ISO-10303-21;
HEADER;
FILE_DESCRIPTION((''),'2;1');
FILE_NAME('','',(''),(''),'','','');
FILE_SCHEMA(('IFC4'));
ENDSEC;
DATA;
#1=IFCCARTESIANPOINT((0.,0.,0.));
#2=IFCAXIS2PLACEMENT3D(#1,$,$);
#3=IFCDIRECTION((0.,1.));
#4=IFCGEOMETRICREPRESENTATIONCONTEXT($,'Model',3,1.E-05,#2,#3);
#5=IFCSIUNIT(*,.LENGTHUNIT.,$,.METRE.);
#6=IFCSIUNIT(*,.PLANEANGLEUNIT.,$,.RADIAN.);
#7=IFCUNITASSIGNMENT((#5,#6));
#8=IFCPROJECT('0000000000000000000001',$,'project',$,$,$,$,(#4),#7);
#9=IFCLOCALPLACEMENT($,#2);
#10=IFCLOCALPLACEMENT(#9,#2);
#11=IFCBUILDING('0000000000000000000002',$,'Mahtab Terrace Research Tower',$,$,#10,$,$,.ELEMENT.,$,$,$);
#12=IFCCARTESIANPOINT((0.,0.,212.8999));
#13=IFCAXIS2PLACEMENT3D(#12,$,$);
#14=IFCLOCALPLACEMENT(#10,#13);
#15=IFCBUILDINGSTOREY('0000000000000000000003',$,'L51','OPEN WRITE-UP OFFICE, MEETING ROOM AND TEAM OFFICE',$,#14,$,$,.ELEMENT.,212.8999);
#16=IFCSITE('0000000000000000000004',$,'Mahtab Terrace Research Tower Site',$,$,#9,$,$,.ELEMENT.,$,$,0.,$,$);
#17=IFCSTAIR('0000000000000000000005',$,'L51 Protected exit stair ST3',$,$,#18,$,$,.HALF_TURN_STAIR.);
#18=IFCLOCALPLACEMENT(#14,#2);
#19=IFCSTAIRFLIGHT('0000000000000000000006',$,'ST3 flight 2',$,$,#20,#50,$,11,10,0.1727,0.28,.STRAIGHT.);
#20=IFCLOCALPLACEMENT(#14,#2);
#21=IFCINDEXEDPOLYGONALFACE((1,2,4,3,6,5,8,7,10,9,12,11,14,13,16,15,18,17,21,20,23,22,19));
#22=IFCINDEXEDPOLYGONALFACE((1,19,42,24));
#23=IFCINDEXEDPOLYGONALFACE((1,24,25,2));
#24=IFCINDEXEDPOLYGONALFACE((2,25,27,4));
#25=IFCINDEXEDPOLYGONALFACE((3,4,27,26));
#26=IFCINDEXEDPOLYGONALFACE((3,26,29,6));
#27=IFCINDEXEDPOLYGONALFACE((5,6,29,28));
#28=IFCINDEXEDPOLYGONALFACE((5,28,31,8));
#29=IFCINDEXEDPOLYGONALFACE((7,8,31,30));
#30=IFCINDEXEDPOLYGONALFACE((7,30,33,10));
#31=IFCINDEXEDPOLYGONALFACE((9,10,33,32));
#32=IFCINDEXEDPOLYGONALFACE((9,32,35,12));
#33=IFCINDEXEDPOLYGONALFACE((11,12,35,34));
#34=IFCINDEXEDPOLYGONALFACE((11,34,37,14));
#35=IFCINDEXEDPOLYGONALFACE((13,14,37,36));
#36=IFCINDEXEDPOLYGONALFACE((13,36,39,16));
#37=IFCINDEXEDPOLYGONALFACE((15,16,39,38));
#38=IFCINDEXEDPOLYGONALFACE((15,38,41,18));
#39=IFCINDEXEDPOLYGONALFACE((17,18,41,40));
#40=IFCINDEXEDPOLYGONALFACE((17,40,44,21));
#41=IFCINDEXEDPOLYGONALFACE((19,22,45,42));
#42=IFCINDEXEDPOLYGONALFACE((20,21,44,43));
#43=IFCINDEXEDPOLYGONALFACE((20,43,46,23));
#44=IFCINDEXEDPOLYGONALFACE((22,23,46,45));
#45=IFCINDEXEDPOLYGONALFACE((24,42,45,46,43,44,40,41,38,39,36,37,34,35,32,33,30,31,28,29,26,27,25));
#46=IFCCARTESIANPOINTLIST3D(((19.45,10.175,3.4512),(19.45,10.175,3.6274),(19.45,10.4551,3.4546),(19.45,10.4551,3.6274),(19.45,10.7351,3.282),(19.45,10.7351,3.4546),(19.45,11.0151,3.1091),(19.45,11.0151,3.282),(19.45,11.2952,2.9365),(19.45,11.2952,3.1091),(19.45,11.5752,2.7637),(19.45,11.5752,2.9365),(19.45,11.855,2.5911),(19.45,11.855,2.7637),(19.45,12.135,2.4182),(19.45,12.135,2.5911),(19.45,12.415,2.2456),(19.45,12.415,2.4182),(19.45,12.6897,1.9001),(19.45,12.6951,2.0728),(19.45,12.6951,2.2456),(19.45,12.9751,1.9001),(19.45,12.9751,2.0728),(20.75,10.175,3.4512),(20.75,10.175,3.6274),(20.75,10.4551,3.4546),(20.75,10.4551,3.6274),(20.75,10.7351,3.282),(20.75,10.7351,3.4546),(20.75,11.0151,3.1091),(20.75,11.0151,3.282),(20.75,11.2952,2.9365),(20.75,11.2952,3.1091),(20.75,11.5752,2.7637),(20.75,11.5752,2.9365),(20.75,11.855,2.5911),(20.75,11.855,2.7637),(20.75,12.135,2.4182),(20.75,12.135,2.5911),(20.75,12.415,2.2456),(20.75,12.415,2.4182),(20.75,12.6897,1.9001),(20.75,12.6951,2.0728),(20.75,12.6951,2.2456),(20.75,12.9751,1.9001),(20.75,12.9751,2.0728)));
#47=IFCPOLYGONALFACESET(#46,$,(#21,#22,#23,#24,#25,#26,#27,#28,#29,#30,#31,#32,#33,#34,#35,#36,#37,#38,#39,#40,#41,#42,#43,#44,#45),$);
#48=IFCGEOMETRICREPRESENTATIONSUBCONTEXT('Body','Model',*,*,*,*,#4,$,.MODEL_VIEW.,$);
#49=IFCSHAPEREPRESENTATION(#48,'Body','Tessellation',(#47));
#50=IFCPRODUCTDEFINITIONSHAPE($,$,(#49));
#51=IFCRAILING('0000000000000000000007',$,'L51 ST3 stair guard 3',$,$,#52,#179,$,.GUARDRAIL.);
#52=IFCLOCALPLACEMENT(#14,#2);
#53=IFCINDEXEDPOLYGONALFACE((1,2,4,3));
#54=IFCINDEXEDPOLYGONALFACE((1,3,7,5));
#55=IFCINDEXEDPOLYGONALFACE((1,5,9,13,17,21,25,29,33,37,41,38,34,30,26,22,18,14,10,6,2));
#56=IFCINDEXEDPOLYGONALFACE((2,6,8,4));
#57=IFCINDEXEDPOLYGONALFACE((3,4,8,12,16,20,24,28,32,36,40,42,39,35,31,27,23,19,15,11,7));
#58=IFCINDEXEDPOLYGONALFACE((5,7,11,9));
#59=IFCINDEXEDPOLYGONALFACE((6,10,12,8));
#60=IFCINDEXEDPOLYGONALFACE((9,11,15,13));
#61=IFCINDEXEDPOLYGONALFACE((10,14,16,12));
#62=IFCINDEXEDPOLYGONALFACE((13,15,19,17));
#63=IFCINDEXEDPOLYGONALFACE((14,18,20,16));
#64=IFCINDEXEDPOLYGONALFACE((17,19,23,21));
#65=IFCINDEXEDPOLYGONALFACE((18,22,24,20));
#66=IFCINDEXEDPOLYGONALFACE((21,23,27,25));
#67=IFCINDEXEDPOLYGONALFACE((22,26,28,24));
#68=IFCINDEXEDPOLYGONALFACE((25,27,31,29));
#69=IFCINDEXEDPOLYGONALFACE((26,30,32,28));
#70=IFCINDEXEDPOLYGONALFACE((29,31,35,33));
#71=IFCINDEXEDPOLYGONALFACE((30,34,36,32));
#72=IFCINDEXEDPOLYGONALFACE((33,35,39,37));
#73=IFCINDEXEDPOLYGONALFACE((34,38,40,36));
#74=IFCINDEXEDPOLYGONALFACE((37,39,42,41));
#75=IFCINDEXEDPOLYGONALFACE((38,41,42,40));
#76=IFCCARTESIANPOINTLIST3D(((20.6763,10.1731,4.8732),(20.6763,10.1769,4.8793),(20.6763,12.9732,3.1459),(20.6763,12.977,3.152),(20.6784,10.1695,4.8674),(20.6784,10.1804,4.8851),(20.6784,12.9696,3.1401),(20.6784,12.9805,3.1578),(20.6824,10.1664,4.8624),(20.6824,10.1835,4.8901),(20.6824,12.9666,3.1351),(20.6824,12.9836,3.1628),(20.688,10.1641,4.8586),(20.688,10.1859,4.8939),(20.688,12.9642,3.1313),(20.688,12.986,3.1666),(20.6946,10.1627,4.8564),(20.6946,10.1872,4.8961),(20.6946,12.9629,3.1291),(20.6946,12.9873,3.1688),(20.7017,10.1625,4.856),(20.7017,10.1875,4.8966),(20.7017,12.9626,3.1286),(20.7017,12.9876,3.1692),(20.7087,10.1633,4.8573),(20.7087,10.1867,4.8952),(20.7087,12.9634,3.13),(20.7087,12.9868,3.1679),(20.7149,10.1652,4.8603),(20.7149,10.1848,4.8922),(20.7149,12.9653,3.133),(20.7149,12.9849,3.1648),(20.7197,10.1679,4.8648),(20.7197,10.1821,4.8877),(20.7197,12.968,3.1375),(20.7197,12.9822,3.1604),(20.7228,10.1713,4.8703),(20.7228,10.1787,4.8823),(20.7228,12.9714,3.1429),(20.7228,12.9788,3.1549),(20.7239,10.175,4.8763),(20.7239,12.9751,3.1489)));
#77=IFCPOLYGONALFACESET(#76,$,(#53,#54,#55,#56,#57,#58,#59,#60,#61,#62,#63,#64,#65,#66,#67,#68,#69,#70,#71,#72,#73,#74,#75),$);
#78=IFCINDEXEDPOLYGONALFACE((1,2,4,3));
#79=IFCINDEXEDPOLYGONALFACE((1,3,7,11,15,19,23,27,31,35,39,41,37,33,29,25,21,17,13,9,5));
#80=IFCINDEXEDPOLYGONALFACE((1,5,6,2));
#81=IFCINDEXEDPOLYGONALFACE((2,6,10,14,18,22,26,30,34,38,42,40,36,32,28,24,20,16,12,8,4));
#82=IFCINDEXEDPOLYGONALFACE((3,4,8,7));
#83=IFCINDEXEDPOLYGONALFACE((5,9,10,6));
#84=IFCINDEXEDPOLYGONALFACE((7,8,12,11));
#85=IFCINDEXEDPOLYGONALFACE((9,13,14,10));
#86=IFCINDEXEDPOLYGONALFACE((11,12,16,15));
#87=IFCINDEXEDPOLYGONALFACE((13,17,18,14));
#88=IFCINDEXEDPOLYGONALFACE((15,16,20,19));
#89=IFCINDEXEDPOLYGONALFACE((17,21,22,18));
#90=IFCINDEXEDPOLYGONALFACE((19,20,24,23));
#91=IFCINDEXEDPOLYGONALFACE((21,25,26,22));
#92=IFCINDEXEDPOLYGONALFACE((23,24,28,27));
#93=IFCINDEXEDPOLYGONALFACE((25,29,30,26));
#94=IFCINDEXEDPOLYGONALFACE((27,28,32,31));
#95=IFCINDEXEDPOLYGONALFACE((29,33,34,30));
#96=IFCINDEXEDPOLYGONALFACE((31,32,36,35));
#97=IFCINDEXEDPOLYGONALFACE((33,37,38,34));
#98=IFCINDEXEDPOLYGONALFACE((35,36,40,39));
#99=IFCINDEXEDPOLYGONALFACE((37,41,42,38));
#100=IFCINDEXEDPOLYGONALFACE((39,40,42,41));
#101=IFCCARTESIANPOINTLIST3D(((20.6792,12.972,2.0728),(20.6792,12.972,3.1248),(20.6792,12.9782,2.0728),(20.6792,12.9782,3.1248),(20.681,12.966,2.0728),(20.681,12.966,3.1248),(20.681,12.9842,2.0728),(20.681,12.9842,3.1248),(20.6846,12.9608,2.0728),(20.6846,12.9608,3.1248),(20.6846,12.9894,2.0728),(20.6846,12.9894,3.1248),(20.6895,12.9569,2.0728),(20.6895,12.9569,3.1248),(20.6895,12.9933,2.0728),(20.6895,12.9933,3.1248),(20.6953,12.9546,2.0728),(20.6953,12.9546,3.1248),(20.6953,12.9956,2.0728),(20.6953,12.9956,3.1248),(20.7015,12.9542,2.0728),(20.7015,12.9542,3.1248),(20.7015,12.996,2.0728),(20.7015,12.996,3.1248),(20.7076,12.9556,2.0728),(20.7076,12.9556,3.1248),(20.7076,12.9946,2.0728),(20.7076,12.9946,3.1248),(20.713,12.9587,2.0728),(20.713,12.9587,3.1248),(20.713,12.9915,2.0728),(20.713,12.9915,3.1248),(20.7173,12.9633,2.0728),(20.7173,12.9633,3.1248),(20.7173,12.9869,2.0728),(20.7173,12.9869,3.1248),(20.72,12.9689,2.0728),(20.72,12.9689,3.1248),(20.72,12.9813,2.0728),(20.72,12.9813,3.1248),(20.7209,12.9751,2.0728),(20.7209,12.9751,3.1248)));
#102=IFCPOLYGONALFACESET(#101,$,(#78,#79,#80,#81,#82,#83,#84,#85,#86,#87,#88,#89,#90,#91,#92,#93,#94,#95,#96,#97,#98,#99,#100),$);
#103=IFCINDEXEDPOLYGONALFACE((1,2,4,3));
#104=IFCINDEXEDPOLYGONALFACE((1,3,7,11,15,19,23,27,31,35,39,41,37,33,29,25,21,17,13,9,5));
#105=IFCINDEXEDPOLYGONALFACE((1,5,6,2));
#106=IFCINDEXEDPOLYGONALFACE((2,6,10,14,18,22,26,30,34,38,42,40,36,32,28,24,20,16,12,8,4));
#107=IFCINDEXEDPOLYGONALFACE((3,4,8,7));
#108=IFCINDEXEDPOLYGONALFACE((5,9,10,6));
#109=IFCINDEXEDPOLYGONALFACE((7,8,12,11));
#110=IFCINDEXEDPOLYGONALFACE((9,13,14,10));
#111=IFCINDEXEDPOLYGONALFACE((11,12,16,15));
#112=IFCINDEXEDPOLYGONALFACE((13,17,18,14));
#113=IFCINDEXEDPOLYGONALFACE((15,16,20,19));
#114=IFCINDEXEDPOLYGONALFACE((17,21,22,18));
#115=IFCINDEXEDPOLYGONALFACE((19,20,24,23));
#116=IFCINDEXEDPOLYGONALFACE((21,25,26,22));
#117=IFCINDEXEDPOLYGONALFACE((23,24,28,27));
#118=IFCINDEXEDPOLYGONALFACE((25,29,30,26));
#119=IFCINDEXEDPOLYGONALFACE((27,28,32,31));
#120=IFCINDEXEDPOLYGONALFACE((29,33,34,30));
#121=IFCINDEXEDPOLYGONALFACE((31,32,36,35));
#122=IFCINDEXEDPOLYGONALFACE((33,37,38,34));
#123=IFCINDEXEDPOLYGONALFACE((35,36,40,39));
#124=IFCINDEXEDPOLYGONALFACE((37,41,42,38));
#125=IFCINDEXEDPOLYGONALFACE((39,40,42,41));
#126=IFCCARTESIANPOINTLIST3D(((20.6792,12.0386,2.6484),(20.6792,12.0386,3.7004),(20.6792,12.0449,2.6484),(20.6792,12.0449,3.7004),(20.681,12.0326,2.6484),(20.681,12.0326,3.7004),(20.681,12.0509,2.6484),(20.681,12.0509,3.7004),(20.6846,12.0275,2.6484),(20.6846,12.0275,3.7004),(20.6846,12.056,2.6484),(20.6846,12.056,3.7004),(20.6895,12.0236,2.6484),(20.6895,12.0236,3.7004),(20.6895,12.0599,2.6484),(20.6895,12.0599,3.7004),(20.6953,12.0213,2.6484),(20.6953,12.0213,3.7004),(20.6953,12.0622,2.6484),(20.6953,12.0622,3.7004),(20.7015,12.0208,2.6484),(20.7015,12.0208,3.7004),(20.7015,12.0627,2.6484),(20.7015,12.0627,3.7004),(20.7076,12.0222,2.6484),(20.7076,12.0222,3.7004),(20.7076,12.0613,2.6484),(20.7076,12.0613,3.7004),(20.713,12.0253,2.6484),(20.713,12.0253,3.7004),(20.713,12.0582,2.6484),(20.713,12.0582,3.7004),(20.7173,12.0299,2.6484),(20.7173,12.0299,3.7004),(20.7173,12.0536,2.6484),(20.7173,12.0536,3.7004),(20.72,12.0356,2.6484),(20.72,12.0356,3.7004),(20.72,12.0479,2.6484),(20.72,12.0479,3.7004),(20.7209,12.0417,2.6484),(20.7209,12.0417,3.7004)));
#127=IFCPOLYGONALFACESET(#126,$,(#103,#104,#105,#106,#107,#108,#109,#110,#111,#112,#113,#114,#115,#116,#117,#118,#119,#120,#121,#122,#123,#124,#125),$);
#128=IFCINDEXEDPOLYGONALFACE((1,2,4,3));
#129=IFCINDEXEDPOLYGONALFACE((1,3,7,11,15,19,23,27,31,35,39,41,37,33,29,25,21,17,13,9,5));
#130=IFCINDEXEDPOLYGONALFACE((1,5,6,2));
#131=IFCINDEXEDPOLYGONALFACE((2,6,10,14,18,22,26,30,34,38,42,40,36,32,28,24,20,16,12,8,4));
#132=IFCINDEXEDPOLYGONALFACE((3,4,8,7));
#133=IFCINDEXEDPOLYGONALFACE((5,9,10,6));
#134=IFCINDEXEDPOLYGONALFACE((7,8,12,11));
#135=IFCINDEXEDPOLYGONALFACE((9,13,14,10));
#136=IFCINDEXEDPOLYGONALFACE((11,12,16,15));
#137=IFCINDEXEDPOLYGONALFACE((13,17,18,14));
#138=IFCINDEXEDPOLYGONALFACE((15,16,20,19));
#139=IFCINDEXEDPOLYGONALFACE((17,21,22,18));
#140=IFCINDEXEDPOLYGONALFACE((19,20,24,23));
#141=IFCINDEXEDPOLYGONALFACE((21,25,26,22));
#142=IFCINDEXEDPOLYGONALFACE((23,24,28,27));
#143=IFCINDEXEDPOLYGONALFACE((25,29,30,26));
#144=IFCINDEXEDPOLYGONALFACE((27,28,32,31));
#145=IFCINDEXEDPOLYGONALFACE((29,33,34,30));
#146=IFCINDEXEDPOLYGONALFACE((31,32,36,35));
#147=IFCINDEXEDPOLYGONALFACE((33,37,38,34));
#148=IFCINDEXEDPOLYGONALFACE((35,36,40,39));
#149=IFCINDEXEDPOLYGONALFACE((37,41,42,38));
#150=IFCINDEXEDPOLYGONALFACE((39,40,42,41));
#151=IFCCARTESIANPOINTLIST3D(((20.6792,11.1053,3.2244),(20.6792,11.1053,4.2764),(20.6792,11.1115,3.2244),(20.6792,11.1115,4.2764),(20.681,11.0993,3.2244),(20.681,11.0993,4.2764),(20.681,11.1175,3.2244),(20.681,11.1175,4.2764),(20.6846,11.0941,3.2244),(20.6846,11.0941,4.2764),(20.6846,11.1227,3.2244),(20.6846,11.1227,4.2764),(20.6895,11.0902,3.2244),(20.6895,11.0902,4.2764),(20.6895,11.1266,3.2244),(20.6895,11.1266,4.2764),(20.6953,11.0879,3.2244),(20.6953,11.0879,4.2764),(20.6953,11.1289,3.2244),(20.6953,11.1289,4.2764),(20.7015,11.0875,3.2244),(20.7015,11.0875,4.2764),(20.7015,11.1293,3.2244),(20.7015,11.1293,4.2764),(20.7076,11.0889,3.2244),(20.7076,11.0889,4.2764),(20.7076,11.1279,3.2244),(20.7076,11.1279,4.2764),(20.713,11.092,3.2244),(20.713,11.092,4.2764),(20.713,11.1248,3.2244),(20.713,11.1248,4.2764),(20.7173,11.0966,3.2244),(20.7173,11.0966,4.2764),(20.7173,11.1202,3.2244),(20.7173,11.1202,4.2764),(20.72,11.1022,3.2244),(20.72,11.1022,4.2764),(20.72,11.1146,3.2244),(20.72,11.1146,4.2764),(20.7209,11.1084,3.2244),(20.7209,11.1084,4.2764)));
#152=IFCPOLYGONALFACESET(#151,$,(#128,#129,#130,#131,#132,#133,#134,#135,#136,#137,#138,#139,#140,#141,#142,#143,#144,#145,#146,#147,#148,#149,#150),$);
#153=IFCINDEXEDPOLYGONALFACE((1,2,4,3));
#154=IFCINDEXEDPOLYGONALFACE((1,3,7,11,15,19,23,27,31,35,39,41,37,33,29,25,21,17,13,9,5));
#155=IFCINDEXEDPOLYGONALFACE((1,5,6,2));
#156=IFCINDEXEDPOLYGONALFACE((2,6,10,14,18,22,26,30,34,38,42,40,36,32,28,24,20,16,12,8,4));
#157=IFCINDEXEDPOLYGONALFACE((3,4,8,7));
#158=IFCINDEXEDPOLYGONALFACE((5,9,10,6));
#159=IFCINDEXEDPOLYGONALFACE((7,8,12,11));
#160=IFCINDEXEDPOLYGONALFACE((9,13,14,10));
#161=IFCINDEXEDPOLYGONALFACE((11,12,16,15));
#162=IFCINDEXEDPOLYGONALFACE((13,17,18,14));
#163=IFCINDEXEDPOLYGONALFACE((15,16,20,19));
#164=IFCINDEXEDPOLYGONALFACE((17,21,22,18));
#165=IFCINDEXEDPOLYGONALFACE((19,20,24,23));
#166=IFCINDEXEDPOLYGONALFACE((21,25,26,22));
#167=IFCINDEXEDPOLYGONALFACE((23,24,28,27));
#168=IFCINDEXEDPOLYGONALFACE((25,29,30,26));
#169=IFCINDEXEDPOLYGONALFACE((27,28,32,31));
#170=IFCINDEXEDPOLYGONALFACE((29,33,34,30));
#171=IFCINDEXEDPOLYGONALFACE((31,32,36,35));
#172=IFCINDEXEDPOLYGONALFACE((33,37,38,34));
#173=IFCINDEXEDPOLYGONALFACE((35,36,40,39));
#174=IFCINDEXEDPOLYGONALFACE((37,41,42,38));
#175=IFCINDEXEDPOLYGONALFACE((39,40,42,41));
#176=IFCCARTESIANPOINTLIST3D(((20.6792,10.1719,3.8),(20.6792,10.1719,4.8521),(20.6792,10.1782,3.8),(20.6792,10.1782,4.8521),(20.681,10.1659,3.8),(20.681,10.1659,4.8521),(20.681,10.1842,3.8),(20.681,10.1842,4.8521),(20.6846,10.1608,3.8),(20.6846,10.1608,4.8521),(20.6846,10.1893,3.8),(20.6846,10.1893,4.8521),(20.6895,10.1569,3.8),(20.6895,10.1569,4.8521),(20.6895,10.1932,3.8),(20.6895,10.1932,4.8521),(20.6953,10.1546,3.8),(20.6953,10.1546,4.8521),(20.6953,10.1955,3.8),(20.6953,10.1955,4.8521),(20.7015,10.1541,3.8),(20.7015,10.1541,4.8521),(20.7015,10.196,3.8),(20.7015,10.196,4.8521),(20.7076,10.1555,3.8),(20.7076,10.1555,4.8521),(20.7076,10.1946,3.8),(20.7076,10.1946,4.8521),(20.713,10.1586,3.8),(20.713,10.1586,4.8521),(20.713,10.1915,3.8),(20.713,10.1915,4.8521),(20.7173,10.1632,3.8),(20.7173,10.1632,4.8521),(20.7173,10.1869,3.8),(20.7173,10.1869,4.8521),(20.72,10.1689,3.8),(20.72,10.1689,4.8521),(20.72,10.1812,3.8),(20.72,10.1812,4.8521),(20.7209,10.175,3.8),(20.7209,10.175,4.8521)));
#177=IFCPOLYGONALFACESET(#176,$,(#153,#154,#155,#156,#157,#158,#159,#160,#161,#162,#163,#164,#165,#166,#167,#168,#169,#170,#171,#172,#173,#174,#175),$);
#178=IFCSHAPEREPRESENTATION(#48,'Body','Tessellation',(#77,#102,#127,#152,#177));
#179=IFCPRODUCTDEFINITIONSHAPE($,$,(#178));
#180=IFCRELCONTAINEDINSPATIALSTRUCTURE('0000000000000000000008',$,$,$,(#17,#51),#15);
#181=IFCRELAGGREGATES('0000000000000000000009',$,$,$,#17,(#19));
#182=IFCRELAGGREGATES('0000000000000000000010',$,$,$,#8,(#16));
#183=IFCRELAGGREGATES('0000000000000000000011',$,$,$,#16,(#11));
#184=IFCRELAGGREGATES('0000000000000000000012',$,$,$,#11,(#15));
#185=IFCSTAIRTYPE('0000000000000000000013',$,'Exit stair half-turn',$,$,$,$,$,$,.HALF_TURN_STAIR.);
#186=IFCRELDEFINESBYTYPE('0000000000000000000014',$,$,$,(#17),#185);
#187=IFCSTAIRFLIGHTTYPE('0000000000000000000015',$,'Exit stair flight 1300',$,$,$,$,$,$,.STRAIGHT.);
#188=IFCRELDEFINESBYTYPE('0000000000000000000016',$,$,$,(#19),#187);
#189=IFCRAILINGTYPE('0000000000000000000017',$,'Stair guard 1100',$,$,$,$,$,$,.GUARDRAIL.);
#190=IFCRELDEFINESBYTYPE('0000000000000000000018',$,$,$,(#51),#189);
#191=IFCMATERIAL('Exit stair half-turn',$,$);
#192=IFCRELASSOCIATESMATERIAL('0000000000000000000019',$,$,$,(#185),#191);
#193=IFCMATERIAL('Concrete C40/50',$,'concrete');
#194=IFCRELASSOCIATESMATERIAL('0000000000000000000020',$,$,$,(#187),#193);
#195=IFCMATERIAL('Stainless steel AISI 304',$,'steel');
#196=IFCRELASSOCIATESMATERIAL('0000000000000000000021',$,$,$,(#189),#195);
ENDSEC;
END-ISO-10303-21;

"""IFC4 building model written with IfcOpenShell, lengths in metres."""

from ifc_helpers import new_model, si_unit, direction, frame, origin, origin_2d, place, context, subcontext, project, spatial, polyline, circle, outline, extrude, material, type_object, element, aggregate, save


model = new_model("IFC4")

# Units and contexts
model_context = context("Model", 3, precision=1e-05, world=origin(), true_north=direction((0.0, 1.0)))
body_context = subcontext(model_context, "Body", "Model", "MODEL_VIEW")
ifc_project = project(units=[si_unit("LENGTHUNIT", "METRE"), si_unit("PLANEANGLEUNIT", "RADIAN")], contexts=[model_context])

# Site, building, storey
site_placement = place(None, origin())
site = spatial("IfcSite", under=ifc_project, at=site_placement, Name="Mahtab Terrace Research Tower Site", CompositionType="ELEMENT", RefElevation=0.0)
building_placement = place(site_placement, origin())
building = spatial("IfcBuilding", under=site, at=building_placement, Name="Mahtab Terrace Research Tower", CompositionType="ELEMENT")
storey_placement = place(building_placement, frame((0.0, 0.0, 212.8999)))
storey = spatial("IfcBuildingStorey", under=building, at=storey_placement, Name="L51", Description="OPEN WRITE-UP OFFICE, MEETING ROOM AND TEAM OFFICE", CompositionType="ELEMENT", Elevation=212.8999)

# Stair, stair flight
ifc_material_1 = material(Name="Exit stair half-turn")
stair_type = type_object("IfcStairType", Name="Exit stair half-turn", PredefinedType="HALF_TURN_STAIR", material=ifc_material_1)
stair_placement = place(storey_placement, origin())
stair = element("IfcStair", 1, at=stair_placement, inside=storey, type_object=stair_type, Name="L51 Protected exit stair ST3", PredefinedType="HALF_TURN_STAIR")
ifc_material_2 = material(Name="Concrete C40/50", Category="concrete")
stair_flight_type = type_object("IfcStairFlightType", Name="Exit stair flight 1300", PredefinedType="STRAIGHT", material=ifc_material_2)
stair_flight_placement = place(storey_placement, frame((20.1001, 12.9751, 1.9001), z_axis=(0.0, 0.0, 1.0), x_axis=(0.0, -1.0, 0.0)))
stair_flight = element("IfcStairFlight", 2, at=stair_flight_placement, type_object=stair_flight_type, Name="ST3 flight 2", NumberOfRisers=11, NumberOfTreads=10, PredefinedType="STRAIGHT", RiserHeight=0.1727, TreadLength=0.28, context=body_context, shape_type="SweptSolid", body=[
    extrude(outline(polyline([(0.0, 0.0), (0.0, 0.1726), (0.28, 0.1726), (0.28, 0.3455), (0.5601, 0.3455), (0.5601, 0.5181), (0.8401, 0.5181), (0.8401, 0.6909), (1.1201, 0.6909), (1.1201, 0.8635), (1.3999, 0.8635), (1.3999, 1.0364), (1.6799, 1.0364), (1.6799, 1.209), (1.96, 1.209), (1.96, 1.3818), (2.24, 1.3818), (2.24, 1.5544), (2.52, 1.5544), (2.52, 1.7273), (2.8, 1.7273), (2.8, 1.8999), (2.8, 1.551), (0.2854, 0.0), (0.0, 0.0)])), frame((0.0, 0.6499, 0.0), z_axis=(0.0, -1.0, 0.0), x_axis=(1.0, 0.0, 0.0)), (0.0, 0.0, 1.0), 1.3),
])
aggregate(stair, [stair_flight])

# Railing
ifc_material_3 = material(Name="Stainless steel AISI 304", Category="steel")
railing_type_1 = type_object("IfcRailingType", Name="Stair guard 1100", PredefinedType="GUARDRAIL", material=ifc_material_3)
railing_1_placement = place(storey_placement, frame((20.7, 12.9751, 2.0728)))
element("IfcRailing", 3, at=railing_1_placement, inside=storey, type_object=railing_type_1, Name="L51 ST3 stair guard 3", PredefinedType="GUARDRAIL", context=body_context, shape_type="SweptSolid", body=[
    extrude(circle(Radius=0.0239, at=origin_2d()), frame((0.0, 0.0, 1.0762), z_axis=(0.0, -0.85109, 0.52502), x_axis=(1.0, 0.0, 0.0)), (0.0, 0.0, 1.0), 3.29),
    extrude(circle(Radius=0.021, at=origin_2d()), origin(), (0.0, 0.0, 1.0), 1.052),
    extrude(circle(Radius=0.021, at=origin_2d()), frame((0.0, -0.9333, 0.5757)), (0.0, 0.0, 1.0), 1.052),
    extrude(circle(Radius=0.021, at=origin_2d()), frame((0.0, -1.8667, 1.1516)), (0.0, 0.0, 1.0), 1.052),
    extrude(circle(Radius=0.021, at=origin_2d()), frame((0.0, -2.8, 1.7273)), (0.0, 0.0, 1.0), 1.052),
])

save(model, "model.ifc")
